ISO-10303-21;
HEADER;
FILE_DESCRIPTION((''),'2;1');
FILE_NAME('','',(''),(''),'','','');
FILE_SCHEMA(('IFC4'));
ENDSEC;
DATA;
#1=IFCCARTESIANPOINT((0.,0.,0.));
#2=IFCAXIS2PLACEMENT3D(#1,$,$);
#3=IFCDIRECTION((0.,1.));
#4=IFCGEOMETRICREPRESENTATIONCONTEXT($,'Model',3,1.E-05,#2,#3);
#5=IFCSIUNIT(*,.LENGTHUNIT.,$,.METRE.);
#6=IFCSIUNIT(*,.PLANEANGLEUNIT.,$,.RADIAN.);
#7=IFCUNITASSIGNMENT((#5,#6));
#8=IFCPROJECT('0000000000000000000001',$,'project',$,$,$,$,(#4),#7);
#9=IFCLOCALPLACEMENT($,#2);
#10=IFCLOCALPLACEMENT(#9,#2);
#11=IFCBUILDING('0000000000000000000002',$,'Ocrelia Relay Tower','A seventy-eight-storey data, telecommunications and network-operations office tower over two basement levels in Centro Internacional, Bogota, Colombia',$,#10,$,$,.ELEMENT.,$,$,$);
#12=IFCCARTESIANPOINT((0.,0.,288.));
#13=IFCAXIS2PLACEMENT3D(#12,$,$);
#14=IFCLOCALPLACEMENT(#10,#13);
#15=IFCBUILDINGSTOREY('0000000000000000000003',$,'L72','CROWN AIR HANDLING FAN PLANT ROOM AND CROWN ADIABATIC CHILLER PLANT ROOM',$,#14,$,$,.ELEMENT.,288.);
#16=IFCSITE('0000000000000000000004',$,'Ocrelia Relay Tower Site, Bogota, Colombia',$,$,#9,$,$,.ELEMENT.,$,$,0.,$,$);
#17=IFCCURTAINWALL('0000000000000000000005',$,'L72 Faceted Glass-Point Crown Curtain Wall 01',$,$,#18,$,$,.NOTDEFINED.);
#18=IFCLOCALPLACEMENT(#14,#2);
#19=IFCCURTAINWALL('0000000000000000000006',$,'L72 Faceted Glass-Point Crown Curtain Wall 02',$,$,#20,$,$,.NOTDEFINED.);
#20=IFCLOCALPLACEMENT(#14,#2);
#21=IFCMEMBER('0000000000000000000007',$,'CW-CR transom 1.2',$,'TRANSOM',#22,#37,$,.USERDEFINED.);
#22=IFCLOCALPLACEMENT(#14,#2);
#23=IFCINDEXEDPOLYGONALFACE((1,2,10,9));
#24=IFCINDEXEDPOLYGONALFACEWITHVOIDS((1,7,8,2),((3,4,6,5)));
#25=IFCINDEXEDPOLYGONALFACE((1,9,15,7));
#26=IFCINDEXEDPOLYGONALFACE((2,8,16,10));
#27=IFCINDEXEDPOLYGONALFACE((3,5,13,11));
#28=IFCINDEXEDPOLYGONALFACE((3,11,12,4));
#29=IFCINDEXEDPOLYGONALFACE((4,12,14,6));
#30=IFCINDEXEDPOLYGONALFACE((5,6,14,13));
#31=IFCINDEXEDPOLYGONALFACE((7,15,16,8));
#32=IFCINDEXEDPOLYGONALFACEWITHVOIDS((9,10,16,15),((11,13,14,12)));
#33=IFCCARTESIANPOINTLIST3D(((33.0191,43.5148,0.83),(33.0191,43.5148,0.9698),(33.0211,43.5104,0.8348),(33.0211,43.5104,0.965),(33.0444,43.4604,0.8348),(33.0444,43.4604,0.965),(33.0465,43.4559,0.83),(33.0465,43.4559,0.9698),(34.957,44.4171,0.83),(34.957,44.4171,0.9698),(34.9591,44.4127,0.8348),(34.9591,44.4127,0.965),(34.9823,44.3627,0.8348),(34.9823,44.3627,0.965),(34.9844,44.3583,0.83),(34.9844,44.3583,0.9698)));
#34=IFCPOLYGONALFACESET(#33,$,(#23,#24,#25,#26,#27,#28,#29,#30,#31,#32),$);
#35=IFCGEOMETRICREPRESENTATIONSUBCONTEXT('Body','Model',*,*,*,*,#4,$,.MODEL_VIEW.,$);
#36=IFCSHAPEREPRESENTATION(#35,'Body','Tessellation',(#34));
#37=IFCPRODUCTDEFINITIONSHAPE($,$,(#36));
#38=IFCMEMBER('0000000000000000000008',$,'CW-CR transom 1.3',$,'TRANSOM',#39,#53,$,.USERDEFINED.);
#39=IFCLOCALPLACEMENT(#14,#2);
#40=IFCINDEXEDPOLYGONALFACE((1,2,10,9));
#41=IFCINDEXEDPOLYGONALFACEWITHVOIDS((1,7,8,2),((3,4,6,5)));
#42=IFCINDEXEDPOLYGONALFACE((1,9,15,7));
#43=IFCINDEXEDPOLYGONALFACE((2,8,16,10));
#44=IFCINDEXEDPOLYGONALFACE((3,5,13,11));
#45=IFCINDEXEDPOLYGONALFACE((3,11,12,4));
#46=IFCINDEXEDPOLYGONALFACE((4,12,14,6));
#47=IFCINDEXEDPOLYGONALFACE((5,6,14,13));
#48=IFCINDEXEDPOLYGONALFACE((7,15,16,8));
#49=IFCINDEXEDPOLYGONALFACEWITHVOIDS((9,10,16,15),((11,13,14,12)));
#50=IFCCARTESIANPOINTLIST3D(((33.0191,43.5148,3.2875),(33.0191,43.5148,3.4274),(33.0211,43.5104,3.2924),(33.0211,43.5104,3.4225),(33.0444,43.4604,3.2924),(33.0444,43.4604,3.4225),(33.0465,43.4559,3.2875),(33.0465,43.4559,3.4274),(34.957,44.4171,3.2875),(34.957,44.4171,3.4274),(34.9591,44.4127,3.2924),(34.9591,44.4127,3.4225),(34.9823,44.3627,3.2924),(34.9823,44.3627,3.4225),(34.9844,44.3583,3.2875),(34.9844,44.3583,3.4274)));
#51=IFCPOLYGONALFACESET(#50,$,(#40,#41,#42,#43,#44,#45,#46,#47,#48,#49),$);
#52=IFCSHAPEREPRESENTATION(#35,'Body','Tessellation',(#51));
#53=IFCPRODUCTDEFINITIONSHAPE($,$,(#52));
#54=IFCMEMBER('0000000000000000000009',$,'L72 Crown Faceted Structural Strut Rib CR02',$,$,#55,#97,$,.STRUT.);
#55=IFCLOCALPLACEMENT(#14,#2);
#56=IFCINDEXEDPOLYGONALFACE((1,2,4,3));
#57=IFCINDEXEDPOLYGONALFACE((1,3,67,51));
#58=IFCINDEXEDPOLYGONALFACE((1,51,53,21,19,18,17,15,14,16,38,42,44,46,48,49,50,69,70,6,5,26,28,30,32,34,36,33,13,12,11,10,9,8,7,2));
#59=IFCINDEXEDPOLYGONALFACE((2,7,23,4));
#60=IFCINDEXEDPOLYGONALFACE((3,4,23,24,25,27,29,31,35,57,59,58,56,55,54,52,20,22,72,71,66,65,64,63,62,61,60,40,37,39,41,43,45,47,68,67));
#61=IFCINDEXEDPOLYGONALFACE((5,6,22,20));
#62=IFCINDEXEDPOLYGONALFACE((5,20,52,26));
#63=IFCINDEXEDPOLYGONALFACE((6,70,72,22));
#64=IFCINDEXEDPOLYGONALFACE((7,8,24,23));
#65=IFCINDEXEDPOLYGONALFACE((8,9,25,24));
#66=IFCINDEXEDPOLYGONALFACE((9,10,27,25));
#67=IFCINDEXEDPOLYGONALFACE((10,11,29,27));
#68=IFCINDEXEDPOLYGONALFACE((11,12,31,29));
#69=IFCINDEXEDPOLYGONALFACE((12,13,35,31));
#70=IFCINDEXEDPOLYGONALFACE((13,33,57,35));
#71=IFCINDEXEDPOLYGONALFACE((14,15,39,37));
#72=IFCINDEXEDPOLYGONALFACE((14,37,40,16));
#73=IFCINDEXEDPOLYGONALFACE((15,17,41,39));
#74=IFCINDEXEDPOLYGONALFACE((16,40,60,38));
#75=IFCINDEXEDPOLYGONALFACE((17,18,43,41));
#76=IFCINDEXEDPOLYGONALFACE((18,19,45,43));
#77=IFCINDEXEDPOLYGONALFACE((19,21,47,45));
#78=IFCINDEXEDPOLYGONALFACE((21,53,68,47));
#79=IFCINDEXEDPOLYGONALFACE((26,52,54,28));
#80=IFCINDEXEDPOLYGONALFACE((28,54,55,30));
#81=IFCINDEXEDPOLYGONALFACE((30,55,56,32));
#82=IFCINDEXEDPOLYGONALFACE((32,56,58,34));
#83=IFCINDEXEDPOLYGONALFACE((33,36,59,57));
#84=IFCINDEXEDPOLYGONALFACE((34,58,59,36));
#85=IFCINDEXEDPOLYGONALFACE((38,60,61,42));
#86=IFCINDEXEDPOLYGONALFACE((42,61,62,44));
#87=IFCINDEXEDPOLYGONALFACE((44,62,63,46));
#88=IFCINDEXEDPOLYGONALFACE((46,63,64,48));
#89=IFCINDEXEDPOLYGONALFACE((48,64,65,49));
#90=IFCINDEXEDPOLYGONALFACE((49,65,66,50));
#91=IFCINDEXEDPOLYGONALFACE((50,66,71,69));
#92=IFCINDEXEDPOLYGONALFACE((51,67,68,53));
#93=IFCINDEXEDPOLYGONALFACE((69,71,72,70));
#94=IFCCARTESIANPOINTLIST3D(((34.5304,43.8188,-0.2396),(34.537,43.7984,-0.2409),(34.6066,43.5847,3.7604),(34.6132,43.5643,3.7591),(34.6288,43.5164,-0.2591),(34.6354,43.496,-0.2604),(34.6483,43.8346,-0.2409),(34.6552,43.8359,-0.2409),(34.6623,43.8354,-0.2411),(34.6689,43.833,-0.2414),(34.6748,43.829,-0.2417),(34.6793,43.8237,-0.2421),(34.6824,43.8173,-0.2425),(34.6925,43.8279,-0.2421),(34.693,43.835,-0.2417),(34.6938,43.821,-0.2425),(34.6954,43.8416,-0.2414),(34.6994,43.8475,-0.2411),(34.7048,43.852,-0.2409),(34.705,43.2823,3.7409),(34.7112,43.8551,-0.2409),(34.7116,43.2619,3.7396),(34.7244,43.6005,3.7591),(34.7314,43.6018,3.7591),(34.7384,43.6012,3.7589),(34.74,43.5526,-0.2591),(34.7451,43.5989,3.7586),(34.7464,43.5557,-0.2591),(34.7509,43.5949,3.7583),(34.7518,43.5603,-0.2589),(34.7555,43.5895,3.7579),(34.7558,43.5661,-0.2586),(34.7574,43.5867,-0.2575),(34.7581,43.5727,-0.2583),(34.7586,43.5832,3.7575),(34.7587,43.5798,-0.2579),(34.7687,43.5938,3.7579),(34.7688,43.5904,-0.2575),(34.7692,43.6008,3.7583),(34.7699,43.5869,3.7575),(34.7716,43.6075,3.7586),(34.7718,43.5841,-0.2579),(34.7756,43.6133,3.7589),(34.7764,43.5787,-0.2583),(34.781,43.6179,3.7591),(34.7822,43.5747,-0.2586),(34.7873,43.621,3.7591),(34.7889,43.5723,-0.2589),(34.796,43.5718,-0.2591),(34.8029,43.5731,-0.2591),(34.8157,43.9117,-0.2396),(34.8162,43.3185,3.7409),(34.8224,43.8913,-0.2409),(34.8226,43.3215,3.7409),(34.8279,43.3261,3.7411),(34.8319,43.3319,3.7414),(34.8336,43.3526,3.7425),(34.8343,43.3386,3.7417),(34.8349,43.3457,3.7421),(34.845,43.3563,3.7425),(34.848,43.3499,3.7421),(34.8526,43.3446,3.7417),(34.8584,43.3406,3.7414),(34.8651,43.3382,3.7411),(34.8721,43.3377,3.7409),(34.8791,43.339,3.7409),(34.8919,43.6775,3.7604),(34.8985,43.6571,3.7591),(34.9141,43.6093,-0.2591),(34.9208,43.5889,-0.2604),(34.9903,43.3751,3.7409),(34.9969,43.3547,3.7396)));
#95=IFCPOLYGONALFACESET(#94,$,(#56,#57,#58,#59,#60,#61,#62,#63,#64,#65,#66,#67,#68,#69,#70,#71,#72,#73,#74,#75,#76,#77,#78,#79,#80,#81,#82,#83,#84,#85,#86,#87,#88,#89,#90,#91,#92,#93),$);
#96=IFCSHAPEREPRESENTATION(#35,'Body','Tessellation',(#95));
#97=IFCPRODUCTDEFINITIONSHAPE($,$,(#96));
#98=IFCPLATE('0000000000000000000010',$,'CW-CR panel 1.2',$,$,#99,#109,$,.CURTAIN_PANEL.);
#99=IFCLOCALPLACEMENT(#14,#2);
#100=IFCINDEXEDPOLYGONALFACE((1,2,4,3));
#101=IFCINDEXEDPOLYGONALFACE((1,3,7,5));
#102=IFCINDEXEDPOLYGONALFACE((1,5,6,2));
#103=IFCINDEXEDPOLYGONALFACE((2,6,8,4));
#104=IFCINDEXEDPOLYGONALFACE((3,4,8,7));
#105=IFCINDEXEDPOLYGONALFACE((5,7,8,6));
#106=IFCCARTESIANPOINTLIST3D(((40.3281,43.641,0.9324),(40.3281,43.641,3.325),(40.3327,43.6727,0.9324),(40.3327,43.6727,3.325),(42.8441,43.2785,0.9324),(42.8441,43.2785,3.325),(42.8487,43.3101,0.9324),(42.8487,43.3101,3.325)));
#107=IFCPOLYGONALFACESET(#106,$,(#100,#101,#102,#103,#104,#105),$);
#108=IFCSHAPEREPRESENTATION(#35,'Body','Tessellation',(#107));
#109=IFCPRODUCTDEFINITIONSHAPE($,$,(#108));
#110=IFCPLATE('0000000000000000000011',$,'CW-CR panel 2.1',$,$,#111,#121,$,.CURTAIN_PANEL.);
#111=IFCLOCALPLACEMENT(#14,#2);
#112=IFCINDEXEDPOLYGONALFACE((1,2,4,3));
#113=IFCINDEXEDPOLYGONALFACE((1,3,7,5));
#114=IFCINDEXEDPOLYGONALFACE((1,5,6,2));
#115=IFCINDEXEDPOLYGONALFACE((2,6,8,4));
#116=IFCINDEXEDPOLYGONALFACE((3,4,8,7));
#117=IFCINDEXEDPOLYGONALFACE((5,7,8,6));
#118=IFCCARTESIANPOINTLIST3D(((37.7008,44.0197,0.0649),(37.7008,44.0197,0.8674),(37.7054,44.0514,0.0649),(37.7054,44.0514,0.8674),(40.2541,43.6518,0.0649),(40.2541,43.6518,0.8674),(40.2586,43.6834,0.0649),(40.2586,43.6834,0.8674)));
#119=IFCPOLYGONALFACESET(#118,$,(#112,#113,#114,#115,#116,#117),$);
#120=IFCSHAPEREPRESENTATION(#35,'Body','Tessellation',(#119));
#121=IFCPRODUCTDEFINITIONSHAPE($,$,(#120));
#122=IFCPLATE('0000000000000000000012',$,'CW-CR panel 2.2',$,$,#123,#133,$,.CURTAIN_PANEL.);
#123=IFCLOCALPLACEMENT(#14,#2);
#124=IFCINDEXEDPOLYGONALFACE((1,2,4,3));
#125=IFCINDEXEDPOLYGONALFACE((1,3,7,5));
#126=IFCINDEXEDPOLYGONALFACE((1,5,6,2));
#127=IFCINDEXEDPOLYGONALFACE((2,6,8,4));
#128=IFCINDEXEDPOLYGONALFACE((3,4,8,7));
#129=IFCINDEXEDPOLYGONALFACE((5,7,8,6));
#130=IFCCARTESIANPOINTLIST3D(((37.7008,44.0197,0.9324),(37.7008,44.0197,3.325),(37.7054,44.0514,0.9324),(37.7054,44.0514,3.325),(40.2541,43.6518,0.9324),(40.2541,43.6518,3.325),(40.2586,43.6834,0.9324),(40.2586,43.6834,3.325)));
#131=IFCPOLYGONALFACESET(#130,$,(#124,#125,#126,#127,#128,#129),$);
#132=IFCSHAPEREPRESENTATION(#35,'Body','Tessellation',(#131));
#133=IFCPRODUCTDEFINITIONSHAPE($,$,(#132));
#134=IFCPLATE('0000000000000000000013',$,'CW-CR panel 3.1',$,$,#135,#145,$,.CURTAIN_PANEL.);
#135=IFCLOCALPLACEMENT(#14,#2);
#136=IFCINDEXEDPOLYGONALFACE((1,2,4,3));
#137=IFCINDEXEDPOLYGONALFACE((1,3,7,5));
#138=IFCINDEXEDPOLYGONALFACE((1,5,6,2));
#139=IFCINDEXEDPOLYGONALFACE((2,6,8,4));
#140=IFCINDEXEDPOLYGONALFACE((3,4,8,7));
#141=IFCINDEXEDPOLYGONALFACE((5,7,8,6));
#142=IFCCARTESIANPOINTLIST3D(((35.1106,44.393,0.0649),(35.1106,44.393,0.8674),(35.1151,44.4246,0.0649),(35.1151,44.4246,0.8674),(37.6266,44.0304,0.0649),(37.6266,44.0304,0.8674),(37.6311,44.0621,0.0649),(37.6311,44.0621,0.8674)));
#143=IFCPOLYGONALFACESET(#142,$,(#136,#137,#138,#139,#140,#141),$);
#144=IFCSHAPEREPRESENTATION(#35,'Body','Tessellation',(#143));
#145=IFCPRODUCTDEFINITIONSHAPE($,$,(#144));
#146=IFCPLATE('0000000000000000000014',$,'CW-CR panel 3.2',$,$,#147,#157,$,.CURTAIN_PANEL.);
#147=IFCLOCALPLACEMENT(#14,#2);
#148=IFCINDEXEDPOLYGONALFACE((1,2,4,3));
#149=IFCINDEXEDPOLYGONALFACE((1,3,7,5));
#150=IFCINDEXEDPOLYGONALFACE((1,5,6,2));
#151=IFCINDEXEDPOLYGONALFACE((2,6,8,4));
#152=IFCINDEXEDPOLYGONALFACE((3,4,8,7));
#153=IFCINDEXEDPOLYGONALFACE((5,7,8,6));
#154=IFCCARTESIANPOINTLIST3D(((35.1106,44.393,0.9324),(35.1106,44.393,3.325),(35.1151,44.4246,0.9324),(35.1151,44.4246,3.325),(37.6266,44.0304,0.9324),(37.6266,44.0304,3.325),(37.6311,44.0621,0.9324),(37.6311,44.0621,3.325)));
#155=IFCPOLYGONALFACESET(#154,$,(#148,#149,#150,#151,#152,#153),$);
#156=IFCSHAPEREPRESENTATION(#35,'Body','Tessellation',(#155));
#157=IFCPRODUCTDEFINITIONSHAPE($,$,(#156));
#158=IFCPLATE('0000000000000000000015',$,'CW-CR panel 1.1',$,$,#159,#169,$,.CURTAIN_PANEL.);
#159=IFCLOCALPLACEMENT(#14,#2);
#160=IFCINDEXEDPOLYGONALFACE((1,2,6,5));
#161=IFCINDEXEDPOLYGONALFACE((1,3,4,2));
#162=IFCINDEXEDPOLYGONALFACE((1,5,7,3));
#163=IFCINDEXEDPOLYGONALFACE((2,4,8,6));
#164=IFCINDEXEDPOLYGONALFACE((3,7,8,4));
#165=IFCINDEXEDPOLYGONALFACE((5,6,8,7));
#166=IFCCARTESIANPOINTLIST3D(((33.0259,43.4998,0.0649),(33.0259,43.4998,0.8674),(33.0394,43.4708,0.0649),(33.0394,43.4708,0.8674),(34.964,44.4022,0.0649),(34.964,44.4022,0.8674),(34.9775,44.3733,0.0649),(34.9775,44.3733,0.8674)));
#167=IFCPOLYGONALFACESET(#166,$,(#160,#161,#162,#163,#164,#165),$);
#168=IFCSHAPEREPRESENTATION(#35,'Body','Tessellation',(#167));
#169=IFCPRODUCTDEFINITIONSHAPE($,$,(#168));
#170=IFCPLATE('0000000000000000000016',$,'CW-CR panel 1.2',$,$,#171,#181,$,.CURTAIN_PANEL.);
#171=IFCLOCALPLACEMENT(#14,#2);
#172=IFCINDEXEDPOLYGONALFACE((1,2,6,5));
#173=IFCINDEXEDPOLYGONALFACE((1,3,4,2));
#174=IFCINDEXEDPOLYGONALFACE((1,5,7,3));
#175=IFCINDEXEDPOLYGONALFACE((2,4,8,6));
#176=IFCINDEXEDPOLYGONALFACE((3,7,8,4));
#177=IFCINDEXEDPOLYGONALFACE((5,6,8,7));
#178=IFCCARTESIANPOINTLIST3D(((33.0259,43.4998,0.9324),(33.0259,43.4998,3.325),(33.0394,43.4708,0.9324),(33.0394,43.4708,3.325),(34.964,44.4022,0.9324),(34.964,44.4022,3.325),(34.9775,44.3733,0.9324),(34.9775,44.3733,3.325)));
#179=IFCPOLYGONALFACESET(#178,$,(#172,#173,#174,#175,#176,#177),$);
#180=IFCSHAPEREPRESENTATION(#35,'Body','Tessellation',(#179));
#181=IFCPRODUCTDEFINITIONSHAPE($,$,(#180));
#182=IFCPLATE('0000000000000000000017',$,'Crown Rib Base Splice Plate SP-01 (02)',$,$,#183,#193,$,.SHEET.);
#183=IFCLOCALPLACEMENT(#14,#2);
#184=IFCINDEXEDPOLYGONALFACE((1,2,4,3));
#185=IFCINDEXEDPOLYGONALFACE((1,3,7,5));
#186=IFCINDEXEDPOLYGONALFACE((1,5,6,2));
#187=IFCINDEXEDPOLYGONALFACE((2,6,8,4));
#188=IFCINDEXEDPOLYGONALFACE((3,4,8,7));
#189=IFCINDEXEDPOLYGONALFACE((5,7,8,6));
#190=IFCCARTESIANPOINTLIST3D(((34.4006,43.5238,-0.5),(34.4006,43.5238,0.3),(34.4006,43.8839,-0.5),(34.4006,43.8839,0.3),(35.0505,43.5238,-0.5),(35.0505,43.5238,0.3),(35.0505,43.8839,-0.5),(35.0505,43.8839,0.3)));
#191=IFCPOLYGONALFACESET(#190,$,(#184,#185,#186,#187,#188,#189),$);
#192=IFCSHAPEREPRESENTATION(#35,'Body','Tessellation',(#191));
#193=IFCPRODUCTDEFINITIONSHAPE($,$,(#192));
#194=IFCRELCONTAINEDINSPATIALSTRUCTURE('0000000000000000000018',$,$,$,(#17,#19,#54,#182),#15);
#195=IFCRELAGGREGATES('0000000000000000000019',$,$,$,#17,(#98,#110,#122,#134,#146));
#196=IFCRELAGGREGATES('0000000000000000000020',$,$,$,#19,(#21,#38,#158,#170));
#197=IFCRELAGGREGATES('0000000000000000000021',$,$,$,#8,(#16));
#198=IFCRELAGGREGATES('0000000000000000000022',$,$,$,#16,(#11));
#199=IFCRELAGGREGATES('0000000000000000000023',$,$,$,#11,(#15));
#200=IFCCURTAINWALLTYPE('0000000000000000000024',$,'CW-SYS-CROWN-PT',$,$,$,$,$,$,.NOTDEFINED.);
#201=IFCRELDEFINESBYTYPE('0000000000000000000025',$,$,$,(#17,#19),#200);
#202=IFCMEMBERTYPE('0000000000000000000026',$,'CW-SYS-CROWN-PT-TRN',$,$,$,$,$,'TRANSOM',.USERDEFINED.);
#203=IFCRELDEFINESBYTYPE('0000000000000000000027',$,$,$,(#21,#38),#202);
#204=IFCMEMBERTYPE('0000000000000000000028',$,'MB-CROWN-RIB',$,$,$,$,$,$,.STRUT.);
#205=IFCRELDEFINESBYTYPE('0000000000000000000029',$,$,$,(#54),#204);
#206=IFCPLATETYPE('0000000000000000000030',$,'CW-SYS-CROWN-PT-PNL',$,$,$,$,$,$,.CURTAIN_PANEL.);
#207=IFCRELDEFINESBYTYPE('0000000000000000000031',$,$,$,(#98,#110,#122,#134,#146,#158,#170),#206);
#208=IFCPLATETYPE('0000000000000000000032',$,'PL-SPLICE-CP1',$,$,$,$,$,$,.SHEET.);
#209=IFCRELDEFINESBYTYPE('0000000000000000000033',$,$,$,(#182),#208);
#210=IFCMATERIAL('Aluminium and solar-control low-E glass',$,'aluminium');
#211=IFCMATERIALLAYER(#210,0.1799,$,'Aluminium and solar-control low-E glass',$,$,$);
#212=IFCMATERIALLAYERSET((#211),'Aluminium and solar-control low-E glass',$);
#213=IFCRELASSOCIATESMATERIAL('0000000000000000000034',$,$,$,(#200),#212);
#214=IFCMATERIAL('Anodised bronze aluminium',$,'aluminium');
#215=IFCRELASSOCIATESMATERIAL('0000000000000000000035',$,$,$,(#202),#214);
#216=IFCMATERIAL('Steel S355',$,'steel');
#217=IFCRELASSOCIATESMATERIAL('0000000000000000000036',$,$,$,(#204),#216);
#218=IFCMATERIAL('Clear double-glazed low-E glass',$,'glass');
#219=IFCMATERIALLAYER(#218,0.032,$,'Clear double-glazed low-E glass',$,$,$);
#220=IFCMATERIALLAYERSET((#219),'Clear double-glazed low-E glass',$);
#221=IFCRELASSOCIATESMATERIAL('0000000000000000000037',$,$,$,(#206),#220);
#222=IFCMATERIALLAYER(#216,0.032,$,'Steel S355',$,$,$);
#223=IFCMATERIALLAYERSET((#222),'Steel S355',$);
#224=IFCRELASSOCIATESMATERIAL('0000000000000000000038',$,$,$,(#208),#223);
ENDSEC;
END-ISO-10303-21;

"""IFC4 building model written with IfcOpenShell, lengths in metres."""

from ifc_helpers import new_model, si_unit, direction, frame, origin, origin_2d, place, context, subcontext, project, spatial, rectangle, hollow_rectangle, i_section, extrude, material, layer, layer_set, material_profile, profile_set, type_object, element, aggregate, save


model = new_model("IFC4")

# Units and contexts
model_context = context("Model", 3, precision=1e-05, world=origin(), true_north=direction((0.0, 1.0)))
body_context = subcontext(model_context, "Body", "Model", "MODEL_VIEW")
ifc_project = project(units=[si_unit("LENGTHUNIT", "METRE"), si_unit("PLANEANGLEUNIT", "RADIAN")], contexts=[model_context])

# Site, building, storey
site_placement = place(None, origin())
site = spatial("IfcSite", under=ifc_project, at=site_placement, Name="Ocrelia Relay Tower Site, Bogota, Colombia", CompositionType="ELEMENT", RefElevation=0.0)
building_placement = place(site_placement, origin())
building = spatial("IfcBuilding", under=site, at=building_placement, Name="Ocrelia Relay Tower", Description="A seventy-eight-storey data, telecommunications and network-operations office tower over two basement levels in Centro Internacional, Bogota, Colombia", CompositionType="ELEMENT")
storey_placement = place(building_placement, frame((0.0, 0.0, 288.0)))
storey = spatial("IfcBuildingStorey", under=building, at=storey_placement, Name="L72", Description="CROWN AIR HANDLING FAN PLANT ROOM AND CROWN ADIABATIC CHILLER PLANT ROOM", CompositionType="ELEMENT", Elevation=288.0)

# Curtain wall
ifc_material_1 = material(Name="Aluminium and solar-control low-E glass", Category="aluminium")
ifc_layer_1 = layer(ifc_material_1, 0.1799, Name="Aluminium and solar-control low-E glass")
ifc_layer_set_1 = layer_set([ifc_layer_1], Name="Aluminium and solar-control low-E glass")
curtain_wall_type = type_object("IfcCurtainWallType", Name="CW-SYS-CROWN-PT", PredefinedType="NOTDEFINED", material=ifc_layer_set_1)
curtain_wall_1_placement = place(storey_placement, origin())
curtain_wall_1 = element("IfcCurtainWall", 1, at=curtain_wall_1_placement, inside=storey, type_object=curtain_wall_type, Name="L72 Faceted Glass-Point Crown Curtain Wall 01", PredefinedType="NOTDEFINED")
ifc_material_2 = material(Name="Anodised bronze aluminium", Category="aluminium")

# Curtain wall
curtain_wall_2_placement = place(storey_placement, origin())
curtain_wall_2 = element("IfcCurtainWall", 2, at=curtain_wall_2_placement, inside=storey, type_object=curtain_wall_type, Name="L72 Faceted Glass-Point Crown Curtain Wall 02", PredefinedType="NOTDEFINED")

# Members
ifc_material_profile_1 = material_profile(ifc_material_2, hollow_rectangle(XDim=0.0649, YDim=0.1399, WallThickness=0.0049, at=origin_2d()), Name="CW-TRN-140x65")
ifc_profile_set_1 = profile_set([ifc_material_profile_1], Name="Anodised bronze aluminium")
member_type_1 = type_object("IfcMemberType", Name="CW-SYS-CROWN-PT-TRN", ElementType="TRANSOM", PredefinedType="USERDEFINED", material=ifc_profile_set_1)
member_1_placement = place(storey_placement, frame((34.9707, 44.3877, 0.8999), z_axis=(-0.90655, -0.422098, 0.0), x_axis=(0.422098, -0.90655, 0.0)))
member_1 = element("IfcMember", 3, at=member_1_placement, type_object=member_type_1, Name="CW-CR transom 1.2", ObjectType="TRANSOM", PredefinedType="USERDEFINED", context=body_context, shape_type="SweptSolid", body=[
    extrude(hollow_rectangle(XDim=0.0649, YDim=0.1399, WallThickness=0.0049, at=origin_2d()), origin(), (0.0, 0.0, 1.0), 2.1377),
])
member_2_placement = place(storey_placement, frame((34.9707, 44.3877, 3.3574), z_axis=(-0.90655, -0.422098, 0.0), x_axis=(0.422098, -0.90655, 0.0)))
member_2 = element("IfcMember", 4, at=member_2_placement, type_object=member_type_1, Name="CW-CR transom 1.3", ObjectType="TRANSOM", PredefinedType="USERDEFINED", context=body_context, shape_type="SweptSolid", body=[
    extrude(hollow_rectangle(XDim=0.0649, YDim=0.1399, WallThickness=0.0049, at=origin_2d()), origin(), (0.0, 0.0, 1.0), 2.1377),
])
ifc_material_3 = material(Name="Steel S355", Category="steel")
ifc_material_profile_2 = material_profile(ifc_material_3, i_section(OverallWidth=0.3, OverallDepth=0.3401, WebThickness=0.012, FlangeThickness=0.0215, FilletRadius=0.0271, at=origin_2d()), Name="HEB 340")
ifc_profile_set_2 = profile_set([ifc_material_profile_2], Name="Steel S355")
member_type_2 = type_object("IfcMemberType", Name="MB-CROWN-RIB", PredefinedType="STRUT", material=ifc_profile_set_2)
member_3_placement = place(storey_placement, frame((34.7256, 43.7039, -0.25), z_axis=(0.019007, -0.058422, 0.998111), x_axis=(0.950939, 0.309378, 0.0)))
element("IfcMember", 5, at=member_3_placement, inside=storey, type_object=member_type_2, Name="L72 Crown Faceted Structural Strut Rib CR02", PredefinedType="STRUT", context=body_context, shape_type="SweptSolid", body=[
    extrude(i_section(OverallWidth=0.3, OverallDepth=0.3401, WebThickness=0.012, FlangeThickness=0.0215, FilletRadius=0.0271, at=origin_2d()), origin(), (0.0, 0.0, 1.0), 4.0076),
])

# Plates
ifc_material_4 = material(Name="Clear double-glazed low-E glass", Category="glass")
ifc_layer_2 = layer(ifc_material_4, 0.032, Name="Clear double-glazed low-E glass")
ifc_layer_set_2 = layer_set([ifc_layer_2], Name="Clear double-glazed low-E glass")
plate_type_1 = type_object("IfcPlateType", Name="CW-SYS-CROWN-PT-PNL", PredefinedType="CURTAIN_PANEL", material=ifc_layer_set_2)
plate_1_placement = place(storey_placement, frame((41.5884, 43.4756, 0.9324), z_axis=(0.0, 0.0, 1.0), x_axis=(-0.989776, 0.142627, 0.0)))
plate_1 = element("IfcPlate", 6, at=plate_1_placement, type_object=plate_type_1, Name="CW-CR panel 1.2", PredefinedType="CURTAIN_PANEL", context=body_context, shape_type="SweptSolid", body=[
    extrude(rectangle(XDim=2.542, YDim=0.032, at=origin_2d()), origin(), (0.0, 0.0, 1.0), 2.3926),
])
plate_2_placement = place(storey_placement, frame((38.9797, 43.8516, 0.0649), z_axis=(0.0, 0.0, 1.0), x_axis=(-0.989776, 0.142627, 0.0)))
plate_2 = element("IfcPlate", 7, at=plate_2_placement, type_object=plate_type_1, Name="CW-CR panel 2.1", PredefinedType="CURTAIN_PANEL", context=body_context, shape_type="SweptSolid", body=[
    extrude(rectangle(XDim=2.5796, YDim=0.032, at=origin_2d()), origin(), (0.0, 0.0, 1.0), 0.8025),
])
plate_3_placement = place(storey_placement, frame((38.9797, 43.8516, 0.9324), z_axis=(0.0, 0.0, 1.0), x_axis=(-0.989776, 0.142627, 0.0)))
plate_3 = element("IfcPlate", 8, at=plate_3_placement, type_object=plate_type_1, Name="CW-CR panel 2.2", PredefinedType="CURTAIN_PANEL", context=body_context, shape_type="SweptSolid", body=[
    extrude(rectangle(XDim=2.5796, YDim=0.032, at=origin_2d()), origin(), (0.0, 0.0, 1.0), 2.3926),
])
plate_4_placement = place(storey_placement, frame((36.3708, 44.2275, 0.0649), z_axis=(0.0, 0.0, 1.0), x_axis=(-0.989776, 0.142627, 0.0)))
plate_4 = element("IfcPlate", 9, at=plate_4_placement, type_object=plate_type_1, Name="CW-CR panel 3.1", PredefinedType="CURTAIN_PANEL", context=body_context, shape_type="SweptSolid", body=[
    extrude(rectangle(XDim=2.542, YDim=0.032, at=origin_2d()), origin(), (0.0, 0.0, 1.0), 0.8025),
])
plate_5_placement = place(storey_placement, frame((36.3708, 44.2275, 0.9324), z_axis=(0.0, 0.0, 1.0), x_axis=(-0.989776, 0.142627, 0.0)))
plate_5 = element("IfcPlate", 10, at=plate_5_placement, type_object=plate_type_1, Name="CW-CR panel 3.2", PredefinedType="CURTAIN_PANEL", context=body_context, shape_type="SweptSolid", body=[
    extrude(rectangle(XDim=2.542, YDim=0.032, at=origin_2d()), origin(), (0.0, 0.0, 1.0), 2.3926),
])
aggregate(curtain_wall_1, [plate_1, plate_2, plate_3, plate_4, plate_5])
plate_6_placement = place(storey_placement, frame((34.0017, 43.9365, 0.0649), z_axis=(0.0, 0.0, 1.0), x_axis=(-0.906542, -0.422115, 0.0)))
plate_6 = element("IfcPlate", 11, at=plate_6_placement, type_object=plate_type_1, Name="CW-CR panel 1.1", PredefinedType="CURTAIN_PANEL", context=body_context, shape_type="SweptSolid", body=[
    extrude(rectangle(XDim=2.1379, YDim=0.032, at=origin_2d()), origin(), (0.0, 0.0, 1.0), 0.8025),
])
plate_7_placement = place(storey_placement, frame((34.0017, 43.9365, 0.9324), z_axis=(0.0, 0.0, 1.0), x_axis=(-0.906542, -0.422115, 0.0)))
plate_7 = element("IfcPlate", 12, at=plate_7_placement, type_object=plate_type_1, Name="CW-CR panel 1.2", PredefinedType="CURTAIN_PANEL", context=body_context, shape_type="SweptSolid", body=[
    extrude(rectangle(XDim=2.1379, YDim=0.032, at=origin_2d()), origin(), (0.0, 0.0, 1.0), 2.3926),
])
aggregate(curtain_wall_2, [member_1, member_2, plate_6, plate_7])
ifc_layer_3 = layer(ifc_material_3, 0.032, Name="Steel S355")
ifc_layer_set_3 = layer_set([ifc_layer_3], Name="Steel S355")
plate_type_2 = type_object("IfcPlateType", Name="PL-SPLICE-CP1", PredefinedType="SHEET", material=ifc_layer_set_3)
plate_8_placement = place(storey_placement, frame((34.7256, 43.7039, -0.5), z_axis=(0.0, 0.0, 1.0), x_axis=(1.0, 0.0, 0.0)))
element("IfcPlate", 13, at=plate_8_placement, inside=storey, type_object=plate_type_2, Name="Crown Rib Base Splice Plate SP-01 (02)", PredefinedType="SHEET", context=body_context, shape_type="SweptSolid", body=[
    extrude(rectangle(XDim=0.6499, YDim=0.3601, at=origin_2d()), origin(), (0.0, 0.0, 1.0), 0.8),
])

save(model, "model.ifc")
